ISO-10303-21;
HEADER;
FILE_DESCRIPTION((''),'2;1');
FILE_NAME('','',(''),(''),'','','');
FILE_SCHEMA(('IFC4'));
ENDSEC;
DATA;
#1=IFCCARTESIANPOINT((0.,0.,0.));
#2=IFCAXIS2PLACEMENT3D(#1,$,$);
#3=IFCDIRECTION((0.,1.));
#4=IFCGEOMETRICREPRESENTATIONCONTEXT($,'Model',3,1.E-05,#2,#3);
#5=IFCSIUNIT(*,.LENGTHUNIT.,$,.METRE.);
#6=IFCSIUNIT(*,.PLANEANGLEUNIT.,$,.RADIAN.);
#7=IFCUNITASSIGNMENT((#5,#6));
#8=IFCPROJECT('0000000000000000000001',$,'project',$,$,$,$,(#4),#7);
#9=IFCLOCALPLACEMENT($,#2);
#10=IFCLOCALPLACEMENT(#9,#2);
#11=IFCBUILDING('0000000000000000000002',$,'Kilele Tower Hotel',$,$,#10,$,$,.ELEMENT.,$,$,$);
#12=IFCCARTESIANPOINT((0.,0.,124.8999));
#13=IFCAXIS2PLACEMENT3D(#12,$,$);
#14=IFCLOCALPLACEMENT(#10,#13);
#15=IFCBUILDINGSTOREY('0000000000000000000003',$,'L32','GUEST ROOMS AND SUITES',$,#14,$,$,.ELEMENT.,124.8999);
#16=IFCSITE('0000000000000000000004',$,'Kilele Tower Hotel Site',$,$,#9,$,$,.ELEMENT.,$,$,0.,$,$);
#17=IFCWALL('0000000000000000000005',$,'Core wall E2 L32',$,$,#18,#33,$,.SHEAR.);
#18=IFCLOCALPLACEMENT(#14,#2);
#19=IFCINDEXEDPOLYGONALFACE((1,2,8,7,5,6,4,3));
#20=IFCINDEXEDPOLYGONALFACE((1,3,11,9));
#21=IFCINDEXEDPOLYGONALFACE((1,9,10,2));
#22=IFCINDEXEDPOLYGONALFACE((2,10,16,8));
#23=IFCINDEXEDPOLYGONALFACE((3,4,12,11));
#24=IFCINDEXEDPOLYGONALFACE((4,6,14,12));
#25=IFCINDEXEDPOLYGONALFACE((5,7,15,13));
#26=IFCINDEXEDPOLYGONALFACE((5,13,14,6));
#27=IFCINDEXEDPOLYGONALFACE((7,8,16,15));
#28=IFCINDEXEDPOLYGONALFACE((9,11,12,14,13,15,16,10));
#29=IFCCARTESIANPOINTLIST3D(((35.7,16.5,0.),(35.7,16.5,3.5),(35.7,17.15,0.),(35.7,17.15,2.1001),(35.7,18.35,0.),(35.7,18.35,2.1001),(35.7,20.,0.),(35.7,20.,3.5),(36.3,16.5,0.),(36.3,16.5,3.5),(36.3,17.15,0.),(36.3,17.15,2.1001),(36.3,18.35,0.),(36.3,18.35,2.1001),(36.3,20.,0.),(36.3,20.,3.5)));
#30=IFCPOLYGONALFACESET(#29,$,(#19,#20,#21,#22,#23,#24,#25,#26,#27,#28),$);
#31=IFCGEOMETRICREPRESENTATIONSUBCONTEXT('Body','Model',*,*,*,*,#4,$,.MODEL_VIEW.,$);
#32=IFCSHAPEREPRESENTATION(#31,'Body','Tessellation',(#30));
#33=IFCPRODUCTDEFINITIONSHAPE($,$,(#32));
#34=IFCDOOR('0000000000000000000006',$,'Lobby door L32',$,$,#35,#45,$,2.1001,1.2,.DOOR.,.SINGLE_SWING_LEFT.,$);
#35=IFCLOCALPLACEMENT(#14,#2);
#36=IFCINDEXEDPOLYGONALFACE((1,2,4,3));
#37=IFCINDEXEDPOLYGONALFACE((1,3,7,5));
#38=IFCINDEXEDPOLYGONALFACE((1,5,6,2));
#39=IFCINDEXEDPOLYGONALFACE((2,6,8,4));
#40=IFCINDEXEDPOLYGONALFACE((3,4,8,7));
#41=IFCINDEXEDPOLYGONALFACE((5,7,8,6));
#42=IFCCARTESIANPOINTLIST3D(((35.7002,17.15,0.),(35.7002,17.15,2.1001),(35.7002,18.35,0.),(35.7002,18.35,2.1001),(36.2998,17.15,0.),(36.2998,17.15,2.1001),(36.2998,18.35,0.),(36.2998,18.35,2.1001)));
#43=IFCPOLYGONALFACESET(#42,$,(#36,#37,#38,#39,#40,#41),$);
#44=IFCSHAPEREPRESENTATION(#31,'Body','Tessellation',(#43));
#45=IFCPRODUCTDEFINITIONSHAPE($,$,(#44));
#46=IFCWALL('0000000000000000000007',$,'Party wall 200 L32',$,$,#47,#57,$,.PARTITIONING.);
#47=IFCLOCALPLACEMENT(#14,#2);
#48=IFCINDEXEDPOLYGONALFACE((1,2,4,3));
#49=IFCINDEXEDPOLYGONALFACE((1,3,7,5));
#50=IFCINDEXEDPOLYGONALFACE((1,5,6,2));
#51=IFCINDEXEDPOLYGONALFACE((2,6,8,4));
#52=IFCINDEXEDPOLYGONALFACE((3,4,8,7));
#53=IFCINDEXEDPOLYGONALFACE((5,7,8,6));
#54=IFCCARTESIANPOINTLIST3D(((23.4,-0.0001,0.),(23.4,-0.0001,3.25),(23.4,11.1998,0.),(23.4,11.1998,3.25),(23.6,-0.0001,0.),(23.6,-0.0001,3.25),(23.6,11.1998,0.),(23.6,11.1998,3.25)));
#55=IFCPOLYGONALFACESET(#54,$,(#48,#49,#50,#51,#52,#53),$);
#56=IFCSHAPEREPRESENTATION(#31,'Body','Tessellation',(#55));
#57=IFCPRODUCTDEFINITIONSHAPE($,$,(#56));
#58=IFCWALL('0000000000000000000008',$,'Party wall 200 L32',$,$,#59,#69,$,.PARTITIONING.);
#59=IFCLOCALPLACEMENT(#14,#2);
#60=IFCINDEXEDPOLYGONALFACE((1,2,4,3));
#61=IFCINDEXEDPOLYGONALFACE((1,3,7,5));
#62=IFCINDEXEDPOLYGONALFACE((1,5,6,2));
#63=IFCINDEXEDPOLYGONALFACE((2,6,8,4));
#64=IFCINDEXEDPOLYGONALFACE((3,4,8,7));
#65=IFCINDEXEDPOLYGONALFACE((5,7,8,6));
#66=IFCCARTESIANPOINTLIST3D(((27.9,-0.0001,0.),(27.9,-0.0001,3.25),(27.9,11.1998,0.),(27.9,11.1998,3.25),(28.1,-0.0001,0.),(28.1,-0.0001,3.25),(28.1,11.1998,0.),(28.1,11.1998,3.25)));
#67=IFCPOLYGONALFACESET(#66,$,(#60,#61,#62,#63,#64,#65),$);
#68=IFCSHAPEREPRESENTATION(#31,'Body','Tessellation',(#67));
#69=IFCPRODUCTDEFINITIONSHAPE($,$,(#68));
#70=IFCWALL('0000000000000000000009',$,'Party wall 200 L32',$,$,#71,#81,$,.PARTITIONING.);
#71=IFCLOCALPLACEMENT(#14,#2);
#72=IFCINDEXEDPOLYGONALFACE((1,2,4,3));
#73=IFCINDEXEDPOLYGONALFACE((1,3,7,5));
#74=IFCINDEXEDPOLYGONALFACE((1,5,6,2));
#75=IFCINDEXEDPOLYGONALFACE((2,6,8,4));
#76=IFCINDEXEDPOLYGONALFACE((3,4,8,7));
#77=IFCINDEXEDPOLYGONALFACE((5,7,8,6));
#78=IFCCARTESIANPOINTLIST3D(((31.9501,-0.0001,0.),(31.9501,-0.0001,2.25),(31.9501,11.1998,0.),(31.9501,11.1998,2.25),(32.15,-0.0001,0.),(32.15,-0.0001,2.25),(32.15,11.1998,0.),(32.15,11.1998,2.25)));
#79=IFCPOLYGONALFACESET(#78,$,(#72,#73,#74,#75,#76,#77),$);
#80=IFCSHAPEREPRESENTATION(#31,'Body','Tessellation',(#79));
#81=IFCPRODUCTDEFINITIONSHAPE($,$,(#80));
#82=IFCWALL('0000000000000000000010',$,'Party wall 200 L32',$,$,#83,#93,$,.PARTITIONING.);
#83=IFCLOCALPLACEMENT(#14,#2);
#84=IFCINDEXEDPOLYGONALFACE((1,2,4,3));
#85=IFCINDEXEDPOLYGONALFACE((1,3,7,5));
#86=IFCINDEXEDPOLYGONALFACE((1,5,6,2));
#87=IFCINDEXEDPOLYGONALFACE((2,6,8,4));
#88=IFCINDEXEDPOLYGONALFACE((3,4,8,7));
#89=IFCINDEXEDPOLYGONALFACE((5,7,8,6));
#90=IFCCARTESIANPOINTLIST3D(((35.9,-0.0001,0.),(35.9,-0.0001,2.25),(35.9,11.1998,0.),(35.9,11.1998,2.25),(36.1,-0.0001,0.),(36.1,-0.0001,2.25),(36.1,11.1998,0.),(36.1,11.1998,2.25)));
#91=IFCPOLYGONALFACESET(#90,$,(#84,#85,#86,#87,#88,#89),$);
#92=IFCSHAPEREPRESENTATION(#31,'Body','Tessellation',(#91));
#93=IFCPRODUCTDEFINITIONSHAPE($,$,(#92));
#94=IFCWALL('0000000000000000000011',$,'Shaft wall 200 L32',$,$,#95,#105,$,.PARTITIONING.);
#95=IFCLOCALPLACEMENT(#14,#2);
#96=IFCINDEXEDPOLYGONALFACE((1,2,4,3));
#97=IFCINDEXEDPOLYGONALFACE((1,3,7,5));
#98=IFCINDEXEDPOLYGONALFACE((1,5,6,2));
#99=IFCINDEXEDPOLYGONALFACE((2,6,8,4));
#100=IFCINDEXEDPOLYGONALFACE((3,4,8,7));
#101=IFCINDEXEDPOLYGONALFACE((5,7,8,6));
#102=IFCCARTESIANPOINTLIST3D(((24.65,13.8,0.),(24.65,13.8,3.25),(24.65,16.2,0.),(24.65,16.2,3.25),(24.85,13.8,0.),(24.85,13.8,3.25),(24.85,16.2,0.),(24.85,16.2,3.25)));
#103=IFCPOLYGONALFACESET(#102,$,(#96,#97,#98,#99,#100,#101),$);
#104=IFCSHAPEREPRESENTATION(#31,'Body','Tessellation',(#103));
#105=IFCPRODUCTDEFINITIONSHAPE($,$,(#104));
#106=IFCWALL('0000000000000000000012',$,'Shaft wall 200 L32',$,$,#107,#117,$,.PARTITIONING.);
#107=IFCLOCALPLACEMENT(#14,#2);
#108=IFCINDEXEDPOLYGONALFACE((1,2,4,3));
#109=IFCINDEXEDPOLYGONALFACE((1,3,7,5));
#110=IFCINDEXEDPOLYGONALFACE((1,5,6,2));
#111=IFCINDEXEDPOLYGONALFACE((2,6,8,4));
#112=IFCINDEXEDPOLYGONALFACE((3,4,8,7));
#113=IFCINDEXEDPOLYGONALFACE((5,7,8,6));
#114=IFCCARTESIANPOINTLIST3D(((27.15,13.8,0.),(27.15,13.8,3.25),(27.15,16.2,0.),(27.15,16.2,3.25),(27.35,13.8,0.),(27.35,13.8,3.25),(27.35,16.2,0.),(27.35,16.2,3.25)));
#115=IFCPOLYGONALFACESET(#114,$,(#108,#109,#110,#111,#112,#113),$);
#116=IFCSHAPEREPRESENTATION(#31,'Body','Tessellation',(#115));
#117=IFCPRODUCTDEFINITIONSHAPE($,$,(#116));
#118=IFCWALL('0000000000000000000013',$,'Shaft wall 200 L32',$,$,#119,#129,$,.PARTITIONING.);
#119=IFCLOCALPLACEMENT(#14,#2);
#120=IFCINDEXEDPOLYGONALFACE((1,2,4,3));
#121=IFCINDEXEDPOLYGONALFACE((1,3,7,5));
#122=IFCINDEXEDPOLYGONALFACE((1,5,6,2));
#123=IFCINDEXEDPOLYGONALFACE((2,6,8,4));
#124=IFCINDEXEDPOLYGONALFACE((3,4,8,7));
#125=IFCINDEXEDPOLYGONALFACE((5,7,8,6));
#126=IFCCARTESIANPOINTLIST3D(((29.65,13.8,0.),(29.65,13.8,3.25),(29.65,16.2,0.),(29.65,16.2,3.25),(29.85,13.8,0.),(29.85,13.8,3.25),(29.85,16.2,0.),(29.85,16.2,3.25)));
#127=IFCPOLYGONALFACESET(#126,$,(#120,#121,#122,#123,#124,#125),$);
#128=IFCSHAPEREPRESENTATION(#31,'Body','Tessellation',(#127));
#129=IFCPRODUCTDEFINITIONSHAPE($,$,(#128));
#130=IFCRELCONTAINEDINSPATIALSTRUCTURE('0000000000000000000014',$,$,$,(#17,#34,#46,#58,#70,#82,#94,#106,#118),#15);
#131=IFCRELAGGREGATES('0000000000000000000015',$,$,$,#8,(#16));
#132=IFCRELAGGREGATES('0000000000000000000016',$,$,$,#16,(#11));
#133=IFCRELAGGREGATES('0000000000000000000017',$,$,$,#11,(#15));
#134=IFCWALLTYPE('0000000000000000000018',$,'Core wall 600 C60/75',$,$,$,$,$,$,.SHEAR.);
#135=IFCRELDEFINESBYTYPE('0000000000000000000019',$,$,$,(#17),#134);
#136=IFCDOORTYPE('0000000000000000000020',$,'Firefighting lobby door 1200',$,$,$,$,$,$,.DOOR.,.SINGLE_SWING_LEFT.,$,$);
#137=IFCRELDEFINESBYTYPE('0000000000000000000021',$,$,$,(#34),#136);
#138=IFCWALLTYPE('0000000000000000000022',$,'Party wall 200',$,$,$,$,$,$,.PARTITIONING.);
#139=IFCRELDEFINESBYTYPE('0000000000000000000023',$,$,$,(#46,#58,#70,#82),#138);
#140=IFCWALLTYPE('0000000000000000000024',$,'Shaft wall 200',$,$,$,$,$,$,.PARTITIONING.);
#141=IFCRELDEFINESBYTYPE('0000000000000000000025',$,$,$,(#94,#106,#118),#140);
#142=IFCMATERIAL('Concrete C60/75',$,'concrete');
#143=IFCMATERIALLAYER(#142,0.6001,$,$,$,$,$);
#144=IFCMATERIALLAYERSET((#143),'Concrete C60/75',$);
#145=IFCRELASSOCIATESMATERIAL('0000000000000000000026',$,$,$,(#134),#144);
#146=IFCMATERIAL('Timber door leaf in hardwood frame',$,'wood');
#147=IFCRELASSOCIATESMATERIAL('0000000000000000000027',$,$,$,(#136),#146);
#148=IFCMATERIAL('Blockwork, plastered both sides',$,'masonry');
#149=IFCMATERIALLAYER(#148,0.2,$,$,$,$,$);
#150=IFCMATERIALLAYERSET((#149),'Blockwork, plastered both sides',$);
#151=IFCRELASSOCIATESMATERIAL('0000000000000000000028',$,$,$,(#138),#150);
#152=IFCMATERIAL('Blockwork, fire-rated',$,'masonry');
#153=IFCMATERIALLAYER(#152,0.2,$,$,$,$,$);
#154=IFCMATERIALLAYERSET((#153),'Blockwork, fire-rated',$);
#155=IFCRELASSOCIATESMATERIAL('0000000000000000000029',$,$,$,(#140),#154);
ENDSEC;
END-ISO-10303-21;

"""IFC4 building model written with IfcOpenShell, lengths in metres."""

from ifc_helpers import new_model, si_unit, direction, frame, frame_2d, origin, place, context, subcontext, project, spatial, rectangle, extrude, material, layer, layer_set, type_object, element, fill, save


model = new_model("IFC4")

# Units and contexts
model_context = context("Model", 3, precision=1e-05, world=origin(), true_north=direction((0.0, 1.0)))
body_context = subcontext(model_context, "Body", "Model", "MODEL_VIEW")
ifc_project = project(units=[si_unit("LENGTHUNIT", "METRE"), si_unit("PLANEANGLEUNIT", "RADIAN")], contexts=[model_context])

# Site, building, storey
site_placement = place(None, origin())
site = spatial("IfcSite", under=ifc_project, at=site_placement, Name="Kilele Tower Hotel Site", CompositionType="ELEMENT", RefElevation=0.0)
building_placement = place(site_placement, origin())
building = spatial("IfcBuilding", under=site, at=building_placement, Name="Kilele Tower Hotel", CompositionType="ELEMENT")
storey_placement = place(building_placement, frame((0.0, 0.0, 124.8999)))
storey = spatial("IfcBuildingStorey", under=building, at=storey_placement, Name="L32", Description="GUEST ROOMS AND SUITES", CompositionType="ELEMENT", Elevation=124.8999)

# Shared definitions
ifc_material_1 = material(Name="Concrete C60/75", Category="concrete")
ifc_layer_1 = layer(ifc_material_1, 0.6001)
ifc_layer_set_1 = layer_set([ifc_layer_1], Name="Concrete C60/75")
wall_type_1 = type_object("IfcWallType", Name="Core wall 600 C60/75", PredefinedType="SHEAR", material=ifc_layer_set_1)
ifc_material_2 = material(Name="Timber door leaf in hardwood frame", Category="wood")
door_type_1 = type_object("IfcDoorType", Name="Firefighting lobby door 1200", OperationType="SINGLE_SWING_LEFT", PredefinedType="DOOR", material=ifc_material_2)

# Wall, opening, door
wall_1_placement = place(storey_placement, frame((36.0, 16.5, 0.0), z_axis=(0.0, 0.0, 1.0), x_axis=(0.0, 1.0, 0.0)))
wall_1 = element("IfcWall", 1, at=wall_1_placement, inside=storey, type_object=wall_type_1, Name="Core wall E2 L32", PredefinedType="SHEAR", context=body_context, shape_type="SweptSolid", body=[
    extrude(rectangle(XDim=3.5, YDim=0.6001, at=frame_2d((1.75, 0.0))), origin(), (0.0, 0.0, 1.0), 3.5),
])
opening_1_placement = place(wall_1_placement, frame((0.6499, 0.0, 0.0)))
opening_1 = element("IfcOpeningElement", 2, at=opening_1_placement, cuts=wall_1, PredefinedType="OPENING", context=body_context, shape_type="SweptSolid", body=[
    extrude(rectangle(XDim=1.2, YDim=2.1001, at=frame_2d((0.6001, 1.05))), frame((0.0, 0.3101, 0.0), z_axis=(0.0, -1.0, 0.0), x_axis=(1.0, 0.0, 0.0)), (0.0, 0.0, 1.0), 0.6201),
])
door_1_placement = place(opening_1_placement, origin())
door_1 = element("IfcDoor", 3, at=door_1_placement, inside=storey, type_object=door_type_1, Name="Lobby door L32", OperationType="SINGLE_SWING_LEFT", OverallHeight=2.1001, OverallWidth=1.2, PredefinedType="DOOR", context=body_context, shape_type="SweptSolid", body=[
    extrude(rectangle(XDim=1.2, YDim=2.1001, at=frame_2d((0.6001, 1.05))), frame((0.0, 0.2998, 0.0), z_axis=(0.0, -1.0, 0.0), x_axis=(1.0, 0.0, 0.0)), (0.0, 0.0, 1.0), 0.5996),
])
fill(opening_1, door_1)

# Walls
ifc_material_3 = material(Name="Blockwork, plastered both sides", Category="masonry")
ifc_layer_2 = layer(ifc_material_3, 0.2)
ifc_layer_set_2 = layer_set([ifc_layer_2], Name="Blockwork, plastered both sides")
wall_type_2 = type_object("IfcWallType", Name="Party wall 200", PredefinedType="PARTITIONING", material=ifc_layer_set_2)
for number, where, z_axis, x_axis, name in (
    (4, (23.5, 11.2, 0.0), (0.0, 0.0, 1.0), (0.0, -1.0, 0.0), "Party wall 200 L32"),
    (5, (28.0, 11.2, 0.0), (0.0, 0.0, 1.0), (0.0, -1.0, 0.0), "Party wall 200 L32"),
):
    element("IfcWall", number, at=place(storey_placement, frame(where, z_axis=z_axis, x_axis=x_axis)), inside=storey, type_object=wall_type_2, Name=name, PredefinedType="PARTITIONING", context=body_context, shape_type="SweptSolid", body=[
        extrude(rectangle(XDim=11.2, YDim=0.2, at=frame_2d((5.6001, 0.0))), origin(), (0.0, 0.0, 1.0), 3.25),
    ])
for number, where, z_axis, x_axis, name in (
    (6, (32.05, 11.2, 0.0), (0.0, 0.0, 1.0), (0.0, -1.0, 0.0), "Party wall 200 L32"),
    (7, (36.0, 11.2, 0.0), (0.0, 0.0, 1.0), (0.0, -1.0, 0.0), "Party wall 200 L32"),
):
    element("IfcWall", number, at=place(storey_placement, frame(where, z_axis=z_axis, x_axis=x_axis)), inside=storey, type_object=wall_type_2, Name=name, PredefinedType="PARTITIONING", context=body_context, shape_type="SweptSolid", body=[
        extrude(rectangle(XDim=11.2, YDim=0.2, at=frame_2d((5.6001, 0.0))), origin(), (0.0, 0.0, 1.0), 2.25),
    ])
ifc_material_4 = material(Name="Blockwork, fire-rated", Category="masonry")
ifc_layer_3 = layer(ifc_material_4, 0.2)
ifc_layer_set_3 = layer_set([ifc_layer_3], Name="Blockwork, fire-rated")
wall_type_3 = type_object("IfcWallType", Name="Shaft wall 200", PredefinedType="PARTITIONING", material=ifc_layer_set_3)
for number, where, z_axis, x_axis, name in (
    (8, (24.75, 13.8, 0.0), (0.0, 0.0, 1.0), (0.0, 1.0, 0.0), "Shaft wall 200 L32"),
    (9, (27.25, 13.8, 0.0), (0.0, 0.0, 1.0), (0.0, 1.0, 0.0), "Shaft wall 200 L32"),
    (10, (29.75, 13.8, 0.0), (0.0, 0.0, 1.0), (0.0, 1.0, 0.0), "Shaft wall 200 L32"),
):
    element("IfcWall", number, at=place(storey_placement, frame(where, z_axis=z_axis, x_axis=x_axis)), inside=storey, type_object=wall_type_3, Name=name, PredefinedType="PARTITIONING", context=body_context, shape_type="SweptSolid", body=[
        extrude(rectangle(XDim=2.3999, YDim=0.2, at=frame_2d((1.2, 0.0))), origin(), (0.0, 0.0, 1.0), 3.25),
    ])

save(model, "model.ifc")
